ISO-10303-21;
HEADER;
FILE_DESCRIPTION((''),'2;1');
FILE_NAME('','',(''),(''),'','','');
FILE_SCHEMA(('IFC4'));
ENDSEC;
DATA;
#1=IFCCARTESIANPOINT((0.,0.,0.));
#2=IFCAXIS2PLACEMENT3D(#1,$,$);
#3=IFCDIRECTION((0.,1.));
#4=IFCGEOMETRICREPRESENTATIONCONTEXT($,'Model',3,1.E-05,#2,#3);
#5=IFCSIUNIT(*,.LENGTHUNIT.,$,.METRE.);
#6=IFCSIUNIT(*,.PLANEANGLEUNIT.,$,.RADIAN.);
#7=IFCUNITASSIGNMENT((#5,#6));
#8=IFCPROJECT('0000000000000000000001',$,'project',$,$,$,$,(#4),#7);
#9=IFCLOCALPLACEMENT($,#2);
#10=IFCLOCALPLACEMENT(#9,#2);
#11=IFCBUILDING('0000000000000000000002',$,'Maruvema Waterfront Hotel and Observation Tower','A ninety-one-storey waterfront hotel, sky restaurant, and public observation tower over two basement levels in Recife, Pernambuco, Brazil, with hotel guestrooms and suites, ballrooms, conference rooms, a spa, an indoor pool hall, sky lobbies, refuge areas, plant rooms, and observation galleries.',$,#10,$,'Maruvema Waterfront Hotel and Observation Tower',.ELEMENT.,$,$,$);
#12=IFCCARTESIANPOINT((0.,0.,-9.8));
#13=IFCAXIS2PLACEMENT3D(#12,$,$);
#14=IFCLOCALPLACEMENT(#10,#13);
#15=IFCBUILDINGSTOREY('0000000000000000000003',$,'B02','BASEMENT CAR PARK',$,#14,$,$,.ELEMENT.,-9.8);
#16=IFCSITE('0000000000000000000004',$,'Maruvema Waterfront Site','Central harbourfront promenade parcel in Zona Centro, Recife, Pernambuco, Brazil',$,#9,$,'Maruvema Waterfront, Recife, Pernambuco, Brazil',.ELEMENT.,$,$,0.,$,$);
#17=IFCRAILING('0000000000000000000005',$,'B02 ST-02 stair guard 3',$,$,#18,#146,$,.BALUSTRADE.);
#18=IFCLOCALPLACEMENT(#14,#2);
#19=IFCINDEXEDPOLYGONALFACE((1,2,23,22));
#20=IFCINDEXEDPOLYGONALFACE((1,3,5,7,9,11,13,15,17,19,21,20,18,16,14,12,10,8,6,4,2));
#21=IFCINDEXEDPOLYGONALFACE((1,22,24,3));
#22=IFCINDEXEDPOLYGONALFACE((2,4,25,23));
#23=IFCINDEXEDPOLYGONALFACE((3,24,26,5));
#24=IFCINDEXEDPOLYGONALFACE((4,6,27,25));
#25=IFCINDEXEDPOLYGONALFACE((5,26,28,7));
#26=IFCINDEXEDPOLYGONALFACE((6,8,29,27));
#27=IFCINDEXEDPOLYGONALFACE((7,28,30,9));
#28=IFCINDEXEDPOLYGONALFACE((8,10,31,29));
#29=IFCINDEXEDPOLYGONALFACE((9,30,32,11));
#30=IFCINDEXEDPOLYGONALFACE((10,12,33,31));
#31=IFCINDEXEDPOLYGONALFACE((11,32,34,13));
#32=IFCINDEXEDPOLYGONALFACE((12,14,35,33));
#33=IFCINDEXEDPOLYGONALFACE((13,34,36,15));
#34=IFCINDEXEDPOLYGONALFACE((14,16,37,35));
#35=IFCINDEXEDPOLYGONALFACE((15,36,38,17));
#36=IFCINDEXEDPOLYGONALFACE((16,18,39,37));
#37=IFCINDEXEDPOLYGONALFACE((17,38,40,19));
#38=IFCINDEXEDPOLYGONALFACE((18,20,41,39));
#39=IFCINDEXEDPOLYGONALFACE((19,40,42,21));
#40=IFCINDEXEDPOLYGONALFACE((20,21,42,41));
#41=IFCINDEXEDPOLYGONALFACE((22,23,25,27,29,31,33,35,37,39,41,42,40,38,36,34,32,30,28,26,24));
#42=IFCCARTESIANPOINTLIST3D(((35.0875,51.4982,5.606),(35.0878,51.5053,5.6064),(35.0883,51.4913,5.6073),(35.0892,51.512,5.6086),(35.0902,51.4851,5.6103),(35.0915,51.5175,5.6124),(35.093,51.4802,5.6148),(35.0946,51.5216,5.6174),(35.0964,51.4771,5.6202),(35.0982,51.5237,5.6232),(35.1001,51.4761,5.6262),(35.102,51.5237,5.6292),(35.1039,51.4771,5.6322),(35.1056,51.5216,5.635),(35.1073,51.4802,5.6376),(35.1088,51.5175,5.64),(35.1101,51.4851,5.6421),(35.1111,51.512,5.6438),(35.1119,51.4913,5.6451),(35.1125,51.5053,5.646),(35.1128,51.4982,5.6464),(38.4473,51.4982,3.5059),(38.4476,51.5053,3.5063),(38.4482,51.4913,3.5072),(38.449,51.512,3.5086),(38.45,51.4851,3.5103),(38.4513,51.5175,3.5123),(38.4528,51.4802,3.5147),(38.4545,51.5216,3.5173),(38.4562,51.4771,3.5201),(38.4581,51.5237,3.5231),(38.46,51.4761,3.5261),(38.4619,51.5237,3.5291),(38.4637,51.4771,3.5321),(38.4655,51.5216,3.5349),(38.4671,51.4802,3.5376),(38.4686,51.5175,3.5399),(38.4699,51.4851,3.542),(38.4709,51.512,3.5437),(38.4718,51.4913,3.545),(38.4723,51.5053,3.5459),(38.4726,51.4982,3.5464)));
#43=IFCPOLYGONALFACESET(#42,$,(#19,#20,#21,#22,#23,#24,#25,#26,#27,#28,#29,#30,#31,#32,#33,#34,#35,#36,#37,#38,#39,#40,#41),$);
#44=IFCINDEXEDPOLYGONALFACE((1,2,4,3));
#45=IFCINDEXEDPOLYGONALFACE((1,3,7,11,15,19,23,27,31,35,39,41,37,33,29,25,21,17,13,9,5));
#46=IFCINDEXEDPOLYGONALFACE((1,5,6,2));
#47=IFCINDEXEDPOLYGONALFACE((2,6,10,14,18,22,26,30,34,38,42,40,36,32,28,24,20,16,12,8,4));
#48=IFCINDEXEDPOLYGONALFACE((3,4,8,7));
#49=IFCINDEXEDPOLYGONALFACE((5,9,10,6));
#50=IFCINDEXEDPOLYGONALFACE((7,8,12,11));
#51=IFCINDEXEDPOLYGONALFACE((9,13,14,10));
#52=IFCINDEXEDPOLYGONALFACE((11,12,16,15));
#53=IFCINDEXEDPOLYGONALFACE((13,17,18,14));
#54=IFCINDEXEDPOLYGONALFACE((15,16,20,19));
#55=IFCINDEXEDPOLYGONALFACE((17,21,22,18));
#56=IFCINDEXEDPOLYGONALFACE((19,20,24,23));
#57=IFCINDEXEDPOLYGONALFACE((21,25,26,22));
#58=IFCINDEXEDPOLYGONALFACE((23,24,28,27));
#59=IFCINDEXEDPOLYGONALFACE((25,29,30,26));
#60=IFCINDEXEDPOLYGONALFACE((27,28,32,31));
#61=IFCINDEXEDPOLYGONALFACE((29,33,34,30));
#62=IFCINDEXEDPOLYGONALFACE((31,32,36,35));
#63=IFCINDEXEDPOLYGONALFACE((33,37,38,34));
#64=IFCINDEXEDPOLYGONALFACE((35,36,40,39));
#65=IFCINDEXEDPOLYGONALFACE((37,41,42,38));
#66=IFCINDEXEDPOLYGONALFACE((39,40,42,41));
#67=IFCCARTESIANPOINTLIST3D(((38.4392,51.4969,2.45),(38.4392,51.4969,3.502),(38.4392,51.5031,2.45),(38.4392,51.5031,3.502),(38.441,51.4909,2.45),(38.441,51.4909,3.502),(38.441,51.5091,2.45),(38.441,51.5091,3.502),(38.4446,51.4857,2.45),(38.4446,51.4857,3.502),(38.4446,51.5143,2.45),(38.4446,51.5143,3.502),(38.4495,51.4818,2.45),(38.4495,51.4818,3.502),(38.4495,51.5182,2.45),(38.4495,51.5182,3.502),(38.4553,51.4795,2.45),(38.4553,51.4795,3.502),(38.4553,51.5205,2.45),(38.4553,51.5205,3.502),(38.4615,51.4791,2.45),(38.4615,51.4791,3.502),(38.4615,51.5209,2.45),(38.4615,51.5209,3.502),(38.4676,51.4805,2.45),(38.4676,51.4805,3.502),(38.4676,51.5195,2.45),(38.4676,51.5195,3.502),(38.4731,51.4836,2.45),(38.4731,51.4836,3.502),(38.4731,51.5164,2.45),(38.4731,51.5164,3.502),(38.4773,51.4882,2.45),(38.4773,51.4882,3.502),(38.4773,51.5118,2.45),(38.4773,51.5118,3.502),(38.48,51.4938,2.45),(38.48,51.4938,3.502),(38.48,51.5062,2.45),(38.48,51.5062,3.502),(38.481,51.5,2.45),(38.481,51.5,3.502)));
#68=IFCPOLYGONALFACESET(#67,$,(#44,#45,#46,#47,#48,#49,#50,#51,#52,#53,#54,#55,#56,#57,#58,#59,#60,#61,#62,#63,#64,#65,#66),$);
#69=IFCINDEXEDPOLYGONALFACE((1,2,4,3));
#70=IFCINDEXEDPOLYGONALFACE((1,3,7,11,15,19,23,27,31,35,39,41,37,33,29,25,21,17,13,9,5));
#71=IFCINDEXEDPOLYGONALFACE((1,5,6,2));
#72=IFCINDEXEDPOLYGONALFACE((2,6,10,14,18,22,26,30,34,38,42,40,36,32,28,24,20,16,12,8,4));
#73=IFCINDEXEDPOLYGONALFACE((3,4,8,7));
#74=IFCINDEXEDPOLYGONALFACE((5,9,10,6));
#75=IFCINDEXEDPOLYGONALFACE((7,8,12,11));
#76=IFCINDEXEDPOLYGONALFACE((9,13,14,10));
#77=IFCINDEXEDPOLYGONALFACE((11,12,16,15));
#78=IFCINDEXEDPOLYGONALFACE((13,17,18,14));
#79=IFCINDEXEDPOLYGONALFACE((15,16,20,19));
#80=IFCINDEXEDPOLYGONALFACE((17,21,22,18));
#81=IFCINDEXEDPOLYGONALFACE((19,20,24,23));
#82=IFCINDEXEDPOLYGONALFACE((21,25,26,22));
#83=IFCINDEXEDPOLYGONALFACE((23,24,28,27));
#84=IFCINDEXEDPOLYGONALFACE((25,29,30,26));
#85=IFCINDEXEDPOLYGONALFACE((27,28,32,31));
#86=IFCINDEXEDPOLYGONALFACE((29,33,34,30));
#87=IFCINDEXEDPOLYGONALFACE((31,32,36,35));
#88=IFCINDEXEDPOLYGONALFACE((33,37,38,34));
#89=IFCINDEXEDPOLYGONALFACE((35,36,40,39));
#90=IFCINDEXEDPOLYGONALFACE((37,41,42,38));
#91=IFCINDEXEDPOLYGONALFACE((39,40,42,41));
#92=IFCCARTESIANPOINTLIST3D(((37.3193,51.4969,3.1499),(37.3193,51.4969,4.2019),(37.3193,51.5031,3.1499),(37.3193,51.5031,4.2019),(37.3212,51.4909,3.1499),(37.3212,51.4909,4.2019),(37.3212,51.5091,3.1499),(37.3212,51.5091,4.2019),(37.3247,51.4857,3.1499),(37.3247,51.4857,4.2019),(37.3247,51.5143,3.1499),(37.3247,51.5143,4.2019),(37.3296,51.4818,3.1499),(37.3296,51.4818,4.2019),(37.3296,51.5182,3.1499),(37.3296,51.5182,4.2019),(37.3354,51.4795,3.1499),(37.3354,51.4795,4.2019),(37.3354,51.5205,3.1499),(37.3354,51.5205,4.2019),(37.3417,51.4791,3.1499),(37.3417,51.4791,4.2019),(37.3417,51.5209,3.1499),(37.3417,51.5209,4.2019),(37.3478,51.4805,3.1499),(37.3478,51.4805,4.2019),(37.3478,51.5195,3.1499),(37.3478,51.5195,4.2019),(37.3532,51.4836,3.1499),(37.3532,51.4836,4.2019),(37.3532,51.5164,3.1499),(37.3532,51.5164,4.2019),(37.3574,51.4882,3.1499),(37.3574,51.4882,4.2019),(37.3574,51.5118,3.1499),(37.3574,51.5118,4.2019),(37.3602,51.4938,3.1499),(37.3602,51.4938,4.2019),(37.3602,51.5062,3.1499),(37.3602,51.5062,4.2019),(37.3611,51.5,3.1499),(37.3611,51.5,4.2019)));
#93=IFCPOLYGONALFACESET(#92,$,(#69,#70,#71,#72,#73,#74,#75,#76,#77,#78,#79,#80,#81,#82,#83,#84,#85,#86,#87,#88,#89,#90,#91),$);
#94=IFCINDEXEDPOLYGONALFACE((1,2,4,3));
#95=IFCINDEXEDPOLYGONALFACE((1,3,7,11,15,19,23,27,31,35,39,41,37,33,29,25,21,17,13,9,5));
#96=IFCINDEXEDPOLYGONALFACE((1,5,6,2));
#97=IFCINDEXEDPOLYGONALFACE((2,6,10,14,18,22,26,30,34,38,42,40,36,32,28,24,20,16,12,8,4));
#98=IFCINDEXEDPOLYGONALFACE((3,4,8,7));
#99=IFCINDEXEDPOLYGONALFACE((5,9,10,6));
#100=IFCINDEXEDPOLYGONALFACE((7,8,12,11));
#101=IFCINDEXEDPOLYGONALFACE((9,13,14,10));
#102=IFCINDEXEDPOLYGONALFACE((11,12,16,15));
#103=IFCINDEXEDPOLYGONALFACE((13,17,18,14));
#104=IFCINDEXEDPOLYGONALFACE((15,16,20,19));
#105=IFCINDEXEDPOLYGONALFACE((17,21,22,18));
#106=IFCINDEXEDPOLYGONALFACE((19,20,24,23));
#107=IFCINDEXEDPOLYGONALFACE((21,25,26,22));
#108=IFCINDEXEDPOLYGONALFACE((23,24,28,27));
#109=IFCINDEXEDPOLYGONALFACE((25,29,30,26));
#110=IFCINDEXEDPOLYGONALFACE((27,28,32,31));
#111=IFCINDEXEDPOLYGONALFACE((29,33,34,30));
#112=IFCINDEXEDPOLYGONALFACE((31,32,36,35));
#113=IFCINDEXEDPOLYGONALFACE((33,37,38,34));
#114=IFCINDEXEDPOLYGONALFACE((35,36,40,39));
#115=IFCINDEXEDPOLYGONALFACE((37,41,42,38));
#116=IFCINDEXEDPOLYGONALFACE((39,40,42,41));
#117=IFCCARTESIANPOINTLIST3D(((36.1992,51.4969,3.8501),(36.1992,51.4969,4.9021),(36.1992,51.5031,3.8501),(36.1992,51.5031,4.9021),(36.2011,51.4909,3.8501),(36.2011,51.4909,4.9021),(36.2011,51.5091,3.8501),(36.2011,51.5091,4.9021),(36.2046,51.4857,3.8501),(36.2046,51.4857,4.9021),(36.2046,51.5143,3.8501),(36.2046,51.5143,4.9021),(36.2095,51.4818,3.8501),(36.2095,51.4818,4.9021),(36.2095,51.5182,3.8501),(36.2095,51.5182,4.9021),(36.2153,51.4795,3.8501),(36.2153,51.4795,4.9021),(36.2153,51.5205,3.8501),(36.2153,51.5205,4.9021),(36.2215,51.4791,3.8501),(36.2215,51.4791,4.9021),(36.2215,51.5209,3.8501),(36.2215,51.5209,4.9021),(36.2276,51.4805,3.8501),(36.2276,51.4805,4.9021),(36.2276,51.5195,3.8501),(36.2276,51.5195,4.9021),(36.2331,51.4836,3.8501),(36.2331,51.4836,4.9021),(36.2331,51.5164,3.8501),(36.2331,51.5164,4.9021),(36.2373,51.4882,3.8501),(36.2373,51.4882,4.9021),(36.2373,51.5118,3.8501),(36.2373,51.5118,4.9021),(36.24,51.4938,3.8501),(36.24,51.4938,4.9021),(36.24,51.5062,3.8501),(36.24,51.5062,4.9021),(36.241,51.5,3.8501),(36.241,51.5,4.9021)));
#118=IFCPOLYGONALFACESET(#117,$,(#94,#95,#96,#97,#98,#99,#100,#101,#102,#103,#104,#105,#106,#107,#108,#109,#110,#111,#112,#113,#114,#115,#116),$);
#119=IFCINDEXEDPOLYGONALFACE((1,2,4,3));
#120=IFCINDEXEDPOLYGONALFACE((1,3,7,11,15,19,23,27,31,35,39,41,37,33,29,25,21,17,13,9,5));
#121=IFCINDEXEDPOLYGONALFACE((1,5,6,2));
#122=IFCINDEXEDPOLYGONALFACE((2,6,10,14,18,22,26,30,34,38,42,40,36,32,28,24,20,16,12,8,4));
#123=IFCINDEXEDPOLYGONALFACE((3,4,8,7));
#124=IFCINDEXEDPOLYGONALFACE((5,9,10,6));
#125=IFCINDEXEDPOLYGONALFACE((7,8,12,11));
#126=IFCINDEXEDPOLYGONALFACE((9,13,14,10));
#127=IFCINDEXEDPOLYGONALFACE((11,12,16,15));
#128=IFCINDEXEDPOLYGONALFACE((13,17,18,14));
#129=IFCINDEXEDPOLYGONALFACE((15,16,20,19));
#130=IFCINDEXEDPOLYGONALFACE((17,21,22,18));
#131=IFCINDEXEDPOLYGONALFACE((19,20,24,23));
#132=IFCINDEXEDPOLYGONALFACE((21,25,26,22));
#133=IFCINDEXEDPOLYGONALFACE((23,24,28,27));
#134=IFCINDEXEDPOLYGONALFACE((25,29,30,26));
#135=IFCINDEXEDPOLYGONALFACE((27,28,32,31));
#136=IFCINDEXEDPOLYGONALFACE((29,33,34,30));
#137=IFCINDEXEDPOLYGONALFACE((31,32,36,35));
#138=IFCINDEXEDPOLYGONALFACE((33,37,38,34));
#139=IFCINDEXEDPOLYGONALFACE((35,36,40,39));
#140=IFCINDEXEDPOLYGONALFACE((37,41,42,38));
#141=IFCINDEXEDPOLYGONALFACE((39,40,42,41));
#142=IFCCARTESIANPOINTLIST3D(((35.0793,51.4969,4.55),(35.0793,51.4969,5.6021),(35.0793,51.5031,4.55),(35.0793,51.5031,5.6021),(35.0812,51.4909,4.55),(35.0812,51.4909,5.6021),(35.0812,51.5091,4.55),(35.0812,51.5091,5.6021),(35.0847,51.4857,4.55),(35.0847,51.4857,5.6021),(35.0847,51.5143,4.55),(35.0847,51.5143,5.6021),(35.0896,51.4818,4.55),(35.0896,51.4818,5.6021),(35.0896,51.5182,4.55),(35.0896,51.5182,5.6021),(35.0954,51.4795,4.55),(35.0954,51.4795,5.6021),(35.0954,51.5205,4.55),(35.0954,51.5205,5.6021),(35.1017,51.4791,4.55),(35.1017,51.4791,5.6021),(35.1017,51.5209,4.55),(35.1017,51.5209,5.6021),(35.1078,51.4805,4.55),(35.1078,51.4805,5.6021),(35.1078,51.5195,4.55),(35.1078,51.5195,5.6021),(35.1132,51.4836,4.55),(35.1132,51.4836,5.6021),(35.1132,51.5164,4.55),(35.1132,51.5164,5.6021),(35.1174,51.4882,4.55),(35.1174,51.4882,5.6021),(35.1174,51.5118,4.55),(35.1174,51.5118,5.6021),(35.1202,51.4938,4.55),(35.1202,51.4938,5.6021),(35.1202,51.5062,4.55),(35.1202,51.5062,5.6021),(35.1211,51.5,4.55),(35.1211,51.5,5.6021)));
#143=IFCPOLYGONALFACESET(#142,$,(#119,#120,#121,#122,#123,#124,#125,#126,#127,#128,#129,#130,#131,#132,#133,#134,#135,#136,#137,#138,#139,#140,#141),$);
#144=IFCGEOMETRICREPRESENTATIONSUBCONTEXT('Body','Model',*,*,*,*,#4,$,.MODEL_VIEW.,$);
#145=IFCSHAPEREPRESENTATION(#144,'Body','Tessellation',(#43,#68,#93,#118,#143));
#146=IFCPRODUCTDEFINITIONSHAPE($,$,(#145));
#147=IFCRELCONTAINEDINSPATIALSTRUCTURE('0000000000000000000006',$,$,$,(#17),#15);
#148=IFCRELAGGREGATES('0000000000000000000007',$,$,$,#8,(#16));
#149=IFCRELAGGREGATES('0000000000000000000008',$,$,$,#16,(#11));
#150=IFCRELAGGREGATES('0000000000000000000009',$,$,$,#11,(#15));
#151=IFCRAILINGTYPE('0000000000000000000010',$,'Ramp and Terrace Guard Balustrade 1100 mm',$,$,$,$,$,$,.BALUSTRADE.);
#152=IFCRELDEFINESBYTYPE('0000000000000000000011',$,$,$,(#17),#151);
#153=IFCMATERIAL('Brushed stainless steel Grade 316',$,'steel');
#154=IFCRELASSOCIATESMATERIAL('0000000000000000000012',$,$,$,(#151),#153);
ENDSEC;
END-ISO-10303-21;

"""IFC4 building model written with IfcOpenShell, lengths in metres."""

from ifc_helpers import new_model, si_unit, direction, frame, origin, origin_2d, place, context, subcontext, project, spatial, circle, extrude, material, type_object, element, save


model = new_model("IFC4")

# Units and contexts
model_context = context("Model", 3, precision=1e-05, world=origin(), true_north=direction((0.0, 1.0)))
body_context = subcontext(model_context, "Body", "Model", "MODEL_VIEW")
ifc_project = project(units=[si_unit("LENGTHUNIT", "METRE"), si_unit("PLANEANGLEUNIT", "RADIAN")], contexts=[model_context])

# Site, building, storey
site_placement = place(None, origin())
site = spatial("IfcSite", under=ifc_project, at=site_placement, Name="Maruvema Waterfront Site", Description="Central harbourfront promenade parcel in Zona Centro, Recife, Pernambuco, Brazil", LongName="Maruvema Waterfront, Recife, Pernambuco, Brazil", CompositionType="ELEMENT", RefElevation=0.0)
building_placement = place(site_placement, origin())
building = spatial("IfcBuilding", under=site, at=building_placement, Name="Maruvema Waterfront Hotel and Observation Tower", Description="A ninety-one-storey waterfront hotel, sky restaurant, and public observation tower over two basement levels in Recife, Pernambuco, Brazil, with hotel guestrooms and suites, ballrooms, conference rooms, a spa, an indoor pool hall, sky lobbies, refuge areas, plant rooms, and observation galleries.", LongName="Maruvema Waterfront Hotel and Observation Tower", CompositionType="ELEMENT")
storey_placement = place(building_placement, frame((0.0, 0.0, -9.8)))
storey = spatial("IfcBuildingStorey", under=building, at=storey_placement, Name="B02", Description="BASEMENT CAR PARK", CompositionType="ELEMENT", Elevation=-9.8)

# Railing
ifc_material_1 = material(Name="Brushed stainless steel Grade 316", Category="steel")
railing_type_1 = type_object("IfcRailingType", Name="Ramp and Terrace Guard Balustrade 1100 mm", PredefinedType="BALUSTRADE", material=ifc_material_1)
railing_1_placement = place(storey_placement, frame((38.46, 51.5, 2.45)))
element("IfcRailing", 1, at=railing_1_placement, inside=storey, type_object=railing_type_1, Name="B02 ST-02 stair guard 3", PredefinedType="BALUSTRADE", context=body_context, shape_type="SweptSolid", body=[
    extrude(circle(Radius=0.0239, at=origin_2d()), frame((0.0, 0.0, 1.0762), z_axis=(-0.847978, 0.0, 0.530032), x_axis=(0.0, -1.0, 0.0)), (0.0, 0.0, 1.0), 3.9622),
    extrude(circle(Radius=0.021, at=origin_2d()), origin(), (0.0, 0.0, 1.0), 1.052),
    extrude(circle(Radius=0.021, at=origin_2d()), frame((-1.1199, 0.0, 0.7)), (0.0, 0.0, 1.0), 1.052),
    extrude(circle(Radius=0.021, at=origin_2d()), frame((-2.24, 0.0, 1.4001)), (0.0, 0.0, 1.0), 1.052),
    extrude(circle(Radius=0.021, at=origin_2d()), frame((-3.3599, 0.0, 2.1001)), (0.0, 0.0, 1.0), 1.052),
])

save(model, "model.ifc")
